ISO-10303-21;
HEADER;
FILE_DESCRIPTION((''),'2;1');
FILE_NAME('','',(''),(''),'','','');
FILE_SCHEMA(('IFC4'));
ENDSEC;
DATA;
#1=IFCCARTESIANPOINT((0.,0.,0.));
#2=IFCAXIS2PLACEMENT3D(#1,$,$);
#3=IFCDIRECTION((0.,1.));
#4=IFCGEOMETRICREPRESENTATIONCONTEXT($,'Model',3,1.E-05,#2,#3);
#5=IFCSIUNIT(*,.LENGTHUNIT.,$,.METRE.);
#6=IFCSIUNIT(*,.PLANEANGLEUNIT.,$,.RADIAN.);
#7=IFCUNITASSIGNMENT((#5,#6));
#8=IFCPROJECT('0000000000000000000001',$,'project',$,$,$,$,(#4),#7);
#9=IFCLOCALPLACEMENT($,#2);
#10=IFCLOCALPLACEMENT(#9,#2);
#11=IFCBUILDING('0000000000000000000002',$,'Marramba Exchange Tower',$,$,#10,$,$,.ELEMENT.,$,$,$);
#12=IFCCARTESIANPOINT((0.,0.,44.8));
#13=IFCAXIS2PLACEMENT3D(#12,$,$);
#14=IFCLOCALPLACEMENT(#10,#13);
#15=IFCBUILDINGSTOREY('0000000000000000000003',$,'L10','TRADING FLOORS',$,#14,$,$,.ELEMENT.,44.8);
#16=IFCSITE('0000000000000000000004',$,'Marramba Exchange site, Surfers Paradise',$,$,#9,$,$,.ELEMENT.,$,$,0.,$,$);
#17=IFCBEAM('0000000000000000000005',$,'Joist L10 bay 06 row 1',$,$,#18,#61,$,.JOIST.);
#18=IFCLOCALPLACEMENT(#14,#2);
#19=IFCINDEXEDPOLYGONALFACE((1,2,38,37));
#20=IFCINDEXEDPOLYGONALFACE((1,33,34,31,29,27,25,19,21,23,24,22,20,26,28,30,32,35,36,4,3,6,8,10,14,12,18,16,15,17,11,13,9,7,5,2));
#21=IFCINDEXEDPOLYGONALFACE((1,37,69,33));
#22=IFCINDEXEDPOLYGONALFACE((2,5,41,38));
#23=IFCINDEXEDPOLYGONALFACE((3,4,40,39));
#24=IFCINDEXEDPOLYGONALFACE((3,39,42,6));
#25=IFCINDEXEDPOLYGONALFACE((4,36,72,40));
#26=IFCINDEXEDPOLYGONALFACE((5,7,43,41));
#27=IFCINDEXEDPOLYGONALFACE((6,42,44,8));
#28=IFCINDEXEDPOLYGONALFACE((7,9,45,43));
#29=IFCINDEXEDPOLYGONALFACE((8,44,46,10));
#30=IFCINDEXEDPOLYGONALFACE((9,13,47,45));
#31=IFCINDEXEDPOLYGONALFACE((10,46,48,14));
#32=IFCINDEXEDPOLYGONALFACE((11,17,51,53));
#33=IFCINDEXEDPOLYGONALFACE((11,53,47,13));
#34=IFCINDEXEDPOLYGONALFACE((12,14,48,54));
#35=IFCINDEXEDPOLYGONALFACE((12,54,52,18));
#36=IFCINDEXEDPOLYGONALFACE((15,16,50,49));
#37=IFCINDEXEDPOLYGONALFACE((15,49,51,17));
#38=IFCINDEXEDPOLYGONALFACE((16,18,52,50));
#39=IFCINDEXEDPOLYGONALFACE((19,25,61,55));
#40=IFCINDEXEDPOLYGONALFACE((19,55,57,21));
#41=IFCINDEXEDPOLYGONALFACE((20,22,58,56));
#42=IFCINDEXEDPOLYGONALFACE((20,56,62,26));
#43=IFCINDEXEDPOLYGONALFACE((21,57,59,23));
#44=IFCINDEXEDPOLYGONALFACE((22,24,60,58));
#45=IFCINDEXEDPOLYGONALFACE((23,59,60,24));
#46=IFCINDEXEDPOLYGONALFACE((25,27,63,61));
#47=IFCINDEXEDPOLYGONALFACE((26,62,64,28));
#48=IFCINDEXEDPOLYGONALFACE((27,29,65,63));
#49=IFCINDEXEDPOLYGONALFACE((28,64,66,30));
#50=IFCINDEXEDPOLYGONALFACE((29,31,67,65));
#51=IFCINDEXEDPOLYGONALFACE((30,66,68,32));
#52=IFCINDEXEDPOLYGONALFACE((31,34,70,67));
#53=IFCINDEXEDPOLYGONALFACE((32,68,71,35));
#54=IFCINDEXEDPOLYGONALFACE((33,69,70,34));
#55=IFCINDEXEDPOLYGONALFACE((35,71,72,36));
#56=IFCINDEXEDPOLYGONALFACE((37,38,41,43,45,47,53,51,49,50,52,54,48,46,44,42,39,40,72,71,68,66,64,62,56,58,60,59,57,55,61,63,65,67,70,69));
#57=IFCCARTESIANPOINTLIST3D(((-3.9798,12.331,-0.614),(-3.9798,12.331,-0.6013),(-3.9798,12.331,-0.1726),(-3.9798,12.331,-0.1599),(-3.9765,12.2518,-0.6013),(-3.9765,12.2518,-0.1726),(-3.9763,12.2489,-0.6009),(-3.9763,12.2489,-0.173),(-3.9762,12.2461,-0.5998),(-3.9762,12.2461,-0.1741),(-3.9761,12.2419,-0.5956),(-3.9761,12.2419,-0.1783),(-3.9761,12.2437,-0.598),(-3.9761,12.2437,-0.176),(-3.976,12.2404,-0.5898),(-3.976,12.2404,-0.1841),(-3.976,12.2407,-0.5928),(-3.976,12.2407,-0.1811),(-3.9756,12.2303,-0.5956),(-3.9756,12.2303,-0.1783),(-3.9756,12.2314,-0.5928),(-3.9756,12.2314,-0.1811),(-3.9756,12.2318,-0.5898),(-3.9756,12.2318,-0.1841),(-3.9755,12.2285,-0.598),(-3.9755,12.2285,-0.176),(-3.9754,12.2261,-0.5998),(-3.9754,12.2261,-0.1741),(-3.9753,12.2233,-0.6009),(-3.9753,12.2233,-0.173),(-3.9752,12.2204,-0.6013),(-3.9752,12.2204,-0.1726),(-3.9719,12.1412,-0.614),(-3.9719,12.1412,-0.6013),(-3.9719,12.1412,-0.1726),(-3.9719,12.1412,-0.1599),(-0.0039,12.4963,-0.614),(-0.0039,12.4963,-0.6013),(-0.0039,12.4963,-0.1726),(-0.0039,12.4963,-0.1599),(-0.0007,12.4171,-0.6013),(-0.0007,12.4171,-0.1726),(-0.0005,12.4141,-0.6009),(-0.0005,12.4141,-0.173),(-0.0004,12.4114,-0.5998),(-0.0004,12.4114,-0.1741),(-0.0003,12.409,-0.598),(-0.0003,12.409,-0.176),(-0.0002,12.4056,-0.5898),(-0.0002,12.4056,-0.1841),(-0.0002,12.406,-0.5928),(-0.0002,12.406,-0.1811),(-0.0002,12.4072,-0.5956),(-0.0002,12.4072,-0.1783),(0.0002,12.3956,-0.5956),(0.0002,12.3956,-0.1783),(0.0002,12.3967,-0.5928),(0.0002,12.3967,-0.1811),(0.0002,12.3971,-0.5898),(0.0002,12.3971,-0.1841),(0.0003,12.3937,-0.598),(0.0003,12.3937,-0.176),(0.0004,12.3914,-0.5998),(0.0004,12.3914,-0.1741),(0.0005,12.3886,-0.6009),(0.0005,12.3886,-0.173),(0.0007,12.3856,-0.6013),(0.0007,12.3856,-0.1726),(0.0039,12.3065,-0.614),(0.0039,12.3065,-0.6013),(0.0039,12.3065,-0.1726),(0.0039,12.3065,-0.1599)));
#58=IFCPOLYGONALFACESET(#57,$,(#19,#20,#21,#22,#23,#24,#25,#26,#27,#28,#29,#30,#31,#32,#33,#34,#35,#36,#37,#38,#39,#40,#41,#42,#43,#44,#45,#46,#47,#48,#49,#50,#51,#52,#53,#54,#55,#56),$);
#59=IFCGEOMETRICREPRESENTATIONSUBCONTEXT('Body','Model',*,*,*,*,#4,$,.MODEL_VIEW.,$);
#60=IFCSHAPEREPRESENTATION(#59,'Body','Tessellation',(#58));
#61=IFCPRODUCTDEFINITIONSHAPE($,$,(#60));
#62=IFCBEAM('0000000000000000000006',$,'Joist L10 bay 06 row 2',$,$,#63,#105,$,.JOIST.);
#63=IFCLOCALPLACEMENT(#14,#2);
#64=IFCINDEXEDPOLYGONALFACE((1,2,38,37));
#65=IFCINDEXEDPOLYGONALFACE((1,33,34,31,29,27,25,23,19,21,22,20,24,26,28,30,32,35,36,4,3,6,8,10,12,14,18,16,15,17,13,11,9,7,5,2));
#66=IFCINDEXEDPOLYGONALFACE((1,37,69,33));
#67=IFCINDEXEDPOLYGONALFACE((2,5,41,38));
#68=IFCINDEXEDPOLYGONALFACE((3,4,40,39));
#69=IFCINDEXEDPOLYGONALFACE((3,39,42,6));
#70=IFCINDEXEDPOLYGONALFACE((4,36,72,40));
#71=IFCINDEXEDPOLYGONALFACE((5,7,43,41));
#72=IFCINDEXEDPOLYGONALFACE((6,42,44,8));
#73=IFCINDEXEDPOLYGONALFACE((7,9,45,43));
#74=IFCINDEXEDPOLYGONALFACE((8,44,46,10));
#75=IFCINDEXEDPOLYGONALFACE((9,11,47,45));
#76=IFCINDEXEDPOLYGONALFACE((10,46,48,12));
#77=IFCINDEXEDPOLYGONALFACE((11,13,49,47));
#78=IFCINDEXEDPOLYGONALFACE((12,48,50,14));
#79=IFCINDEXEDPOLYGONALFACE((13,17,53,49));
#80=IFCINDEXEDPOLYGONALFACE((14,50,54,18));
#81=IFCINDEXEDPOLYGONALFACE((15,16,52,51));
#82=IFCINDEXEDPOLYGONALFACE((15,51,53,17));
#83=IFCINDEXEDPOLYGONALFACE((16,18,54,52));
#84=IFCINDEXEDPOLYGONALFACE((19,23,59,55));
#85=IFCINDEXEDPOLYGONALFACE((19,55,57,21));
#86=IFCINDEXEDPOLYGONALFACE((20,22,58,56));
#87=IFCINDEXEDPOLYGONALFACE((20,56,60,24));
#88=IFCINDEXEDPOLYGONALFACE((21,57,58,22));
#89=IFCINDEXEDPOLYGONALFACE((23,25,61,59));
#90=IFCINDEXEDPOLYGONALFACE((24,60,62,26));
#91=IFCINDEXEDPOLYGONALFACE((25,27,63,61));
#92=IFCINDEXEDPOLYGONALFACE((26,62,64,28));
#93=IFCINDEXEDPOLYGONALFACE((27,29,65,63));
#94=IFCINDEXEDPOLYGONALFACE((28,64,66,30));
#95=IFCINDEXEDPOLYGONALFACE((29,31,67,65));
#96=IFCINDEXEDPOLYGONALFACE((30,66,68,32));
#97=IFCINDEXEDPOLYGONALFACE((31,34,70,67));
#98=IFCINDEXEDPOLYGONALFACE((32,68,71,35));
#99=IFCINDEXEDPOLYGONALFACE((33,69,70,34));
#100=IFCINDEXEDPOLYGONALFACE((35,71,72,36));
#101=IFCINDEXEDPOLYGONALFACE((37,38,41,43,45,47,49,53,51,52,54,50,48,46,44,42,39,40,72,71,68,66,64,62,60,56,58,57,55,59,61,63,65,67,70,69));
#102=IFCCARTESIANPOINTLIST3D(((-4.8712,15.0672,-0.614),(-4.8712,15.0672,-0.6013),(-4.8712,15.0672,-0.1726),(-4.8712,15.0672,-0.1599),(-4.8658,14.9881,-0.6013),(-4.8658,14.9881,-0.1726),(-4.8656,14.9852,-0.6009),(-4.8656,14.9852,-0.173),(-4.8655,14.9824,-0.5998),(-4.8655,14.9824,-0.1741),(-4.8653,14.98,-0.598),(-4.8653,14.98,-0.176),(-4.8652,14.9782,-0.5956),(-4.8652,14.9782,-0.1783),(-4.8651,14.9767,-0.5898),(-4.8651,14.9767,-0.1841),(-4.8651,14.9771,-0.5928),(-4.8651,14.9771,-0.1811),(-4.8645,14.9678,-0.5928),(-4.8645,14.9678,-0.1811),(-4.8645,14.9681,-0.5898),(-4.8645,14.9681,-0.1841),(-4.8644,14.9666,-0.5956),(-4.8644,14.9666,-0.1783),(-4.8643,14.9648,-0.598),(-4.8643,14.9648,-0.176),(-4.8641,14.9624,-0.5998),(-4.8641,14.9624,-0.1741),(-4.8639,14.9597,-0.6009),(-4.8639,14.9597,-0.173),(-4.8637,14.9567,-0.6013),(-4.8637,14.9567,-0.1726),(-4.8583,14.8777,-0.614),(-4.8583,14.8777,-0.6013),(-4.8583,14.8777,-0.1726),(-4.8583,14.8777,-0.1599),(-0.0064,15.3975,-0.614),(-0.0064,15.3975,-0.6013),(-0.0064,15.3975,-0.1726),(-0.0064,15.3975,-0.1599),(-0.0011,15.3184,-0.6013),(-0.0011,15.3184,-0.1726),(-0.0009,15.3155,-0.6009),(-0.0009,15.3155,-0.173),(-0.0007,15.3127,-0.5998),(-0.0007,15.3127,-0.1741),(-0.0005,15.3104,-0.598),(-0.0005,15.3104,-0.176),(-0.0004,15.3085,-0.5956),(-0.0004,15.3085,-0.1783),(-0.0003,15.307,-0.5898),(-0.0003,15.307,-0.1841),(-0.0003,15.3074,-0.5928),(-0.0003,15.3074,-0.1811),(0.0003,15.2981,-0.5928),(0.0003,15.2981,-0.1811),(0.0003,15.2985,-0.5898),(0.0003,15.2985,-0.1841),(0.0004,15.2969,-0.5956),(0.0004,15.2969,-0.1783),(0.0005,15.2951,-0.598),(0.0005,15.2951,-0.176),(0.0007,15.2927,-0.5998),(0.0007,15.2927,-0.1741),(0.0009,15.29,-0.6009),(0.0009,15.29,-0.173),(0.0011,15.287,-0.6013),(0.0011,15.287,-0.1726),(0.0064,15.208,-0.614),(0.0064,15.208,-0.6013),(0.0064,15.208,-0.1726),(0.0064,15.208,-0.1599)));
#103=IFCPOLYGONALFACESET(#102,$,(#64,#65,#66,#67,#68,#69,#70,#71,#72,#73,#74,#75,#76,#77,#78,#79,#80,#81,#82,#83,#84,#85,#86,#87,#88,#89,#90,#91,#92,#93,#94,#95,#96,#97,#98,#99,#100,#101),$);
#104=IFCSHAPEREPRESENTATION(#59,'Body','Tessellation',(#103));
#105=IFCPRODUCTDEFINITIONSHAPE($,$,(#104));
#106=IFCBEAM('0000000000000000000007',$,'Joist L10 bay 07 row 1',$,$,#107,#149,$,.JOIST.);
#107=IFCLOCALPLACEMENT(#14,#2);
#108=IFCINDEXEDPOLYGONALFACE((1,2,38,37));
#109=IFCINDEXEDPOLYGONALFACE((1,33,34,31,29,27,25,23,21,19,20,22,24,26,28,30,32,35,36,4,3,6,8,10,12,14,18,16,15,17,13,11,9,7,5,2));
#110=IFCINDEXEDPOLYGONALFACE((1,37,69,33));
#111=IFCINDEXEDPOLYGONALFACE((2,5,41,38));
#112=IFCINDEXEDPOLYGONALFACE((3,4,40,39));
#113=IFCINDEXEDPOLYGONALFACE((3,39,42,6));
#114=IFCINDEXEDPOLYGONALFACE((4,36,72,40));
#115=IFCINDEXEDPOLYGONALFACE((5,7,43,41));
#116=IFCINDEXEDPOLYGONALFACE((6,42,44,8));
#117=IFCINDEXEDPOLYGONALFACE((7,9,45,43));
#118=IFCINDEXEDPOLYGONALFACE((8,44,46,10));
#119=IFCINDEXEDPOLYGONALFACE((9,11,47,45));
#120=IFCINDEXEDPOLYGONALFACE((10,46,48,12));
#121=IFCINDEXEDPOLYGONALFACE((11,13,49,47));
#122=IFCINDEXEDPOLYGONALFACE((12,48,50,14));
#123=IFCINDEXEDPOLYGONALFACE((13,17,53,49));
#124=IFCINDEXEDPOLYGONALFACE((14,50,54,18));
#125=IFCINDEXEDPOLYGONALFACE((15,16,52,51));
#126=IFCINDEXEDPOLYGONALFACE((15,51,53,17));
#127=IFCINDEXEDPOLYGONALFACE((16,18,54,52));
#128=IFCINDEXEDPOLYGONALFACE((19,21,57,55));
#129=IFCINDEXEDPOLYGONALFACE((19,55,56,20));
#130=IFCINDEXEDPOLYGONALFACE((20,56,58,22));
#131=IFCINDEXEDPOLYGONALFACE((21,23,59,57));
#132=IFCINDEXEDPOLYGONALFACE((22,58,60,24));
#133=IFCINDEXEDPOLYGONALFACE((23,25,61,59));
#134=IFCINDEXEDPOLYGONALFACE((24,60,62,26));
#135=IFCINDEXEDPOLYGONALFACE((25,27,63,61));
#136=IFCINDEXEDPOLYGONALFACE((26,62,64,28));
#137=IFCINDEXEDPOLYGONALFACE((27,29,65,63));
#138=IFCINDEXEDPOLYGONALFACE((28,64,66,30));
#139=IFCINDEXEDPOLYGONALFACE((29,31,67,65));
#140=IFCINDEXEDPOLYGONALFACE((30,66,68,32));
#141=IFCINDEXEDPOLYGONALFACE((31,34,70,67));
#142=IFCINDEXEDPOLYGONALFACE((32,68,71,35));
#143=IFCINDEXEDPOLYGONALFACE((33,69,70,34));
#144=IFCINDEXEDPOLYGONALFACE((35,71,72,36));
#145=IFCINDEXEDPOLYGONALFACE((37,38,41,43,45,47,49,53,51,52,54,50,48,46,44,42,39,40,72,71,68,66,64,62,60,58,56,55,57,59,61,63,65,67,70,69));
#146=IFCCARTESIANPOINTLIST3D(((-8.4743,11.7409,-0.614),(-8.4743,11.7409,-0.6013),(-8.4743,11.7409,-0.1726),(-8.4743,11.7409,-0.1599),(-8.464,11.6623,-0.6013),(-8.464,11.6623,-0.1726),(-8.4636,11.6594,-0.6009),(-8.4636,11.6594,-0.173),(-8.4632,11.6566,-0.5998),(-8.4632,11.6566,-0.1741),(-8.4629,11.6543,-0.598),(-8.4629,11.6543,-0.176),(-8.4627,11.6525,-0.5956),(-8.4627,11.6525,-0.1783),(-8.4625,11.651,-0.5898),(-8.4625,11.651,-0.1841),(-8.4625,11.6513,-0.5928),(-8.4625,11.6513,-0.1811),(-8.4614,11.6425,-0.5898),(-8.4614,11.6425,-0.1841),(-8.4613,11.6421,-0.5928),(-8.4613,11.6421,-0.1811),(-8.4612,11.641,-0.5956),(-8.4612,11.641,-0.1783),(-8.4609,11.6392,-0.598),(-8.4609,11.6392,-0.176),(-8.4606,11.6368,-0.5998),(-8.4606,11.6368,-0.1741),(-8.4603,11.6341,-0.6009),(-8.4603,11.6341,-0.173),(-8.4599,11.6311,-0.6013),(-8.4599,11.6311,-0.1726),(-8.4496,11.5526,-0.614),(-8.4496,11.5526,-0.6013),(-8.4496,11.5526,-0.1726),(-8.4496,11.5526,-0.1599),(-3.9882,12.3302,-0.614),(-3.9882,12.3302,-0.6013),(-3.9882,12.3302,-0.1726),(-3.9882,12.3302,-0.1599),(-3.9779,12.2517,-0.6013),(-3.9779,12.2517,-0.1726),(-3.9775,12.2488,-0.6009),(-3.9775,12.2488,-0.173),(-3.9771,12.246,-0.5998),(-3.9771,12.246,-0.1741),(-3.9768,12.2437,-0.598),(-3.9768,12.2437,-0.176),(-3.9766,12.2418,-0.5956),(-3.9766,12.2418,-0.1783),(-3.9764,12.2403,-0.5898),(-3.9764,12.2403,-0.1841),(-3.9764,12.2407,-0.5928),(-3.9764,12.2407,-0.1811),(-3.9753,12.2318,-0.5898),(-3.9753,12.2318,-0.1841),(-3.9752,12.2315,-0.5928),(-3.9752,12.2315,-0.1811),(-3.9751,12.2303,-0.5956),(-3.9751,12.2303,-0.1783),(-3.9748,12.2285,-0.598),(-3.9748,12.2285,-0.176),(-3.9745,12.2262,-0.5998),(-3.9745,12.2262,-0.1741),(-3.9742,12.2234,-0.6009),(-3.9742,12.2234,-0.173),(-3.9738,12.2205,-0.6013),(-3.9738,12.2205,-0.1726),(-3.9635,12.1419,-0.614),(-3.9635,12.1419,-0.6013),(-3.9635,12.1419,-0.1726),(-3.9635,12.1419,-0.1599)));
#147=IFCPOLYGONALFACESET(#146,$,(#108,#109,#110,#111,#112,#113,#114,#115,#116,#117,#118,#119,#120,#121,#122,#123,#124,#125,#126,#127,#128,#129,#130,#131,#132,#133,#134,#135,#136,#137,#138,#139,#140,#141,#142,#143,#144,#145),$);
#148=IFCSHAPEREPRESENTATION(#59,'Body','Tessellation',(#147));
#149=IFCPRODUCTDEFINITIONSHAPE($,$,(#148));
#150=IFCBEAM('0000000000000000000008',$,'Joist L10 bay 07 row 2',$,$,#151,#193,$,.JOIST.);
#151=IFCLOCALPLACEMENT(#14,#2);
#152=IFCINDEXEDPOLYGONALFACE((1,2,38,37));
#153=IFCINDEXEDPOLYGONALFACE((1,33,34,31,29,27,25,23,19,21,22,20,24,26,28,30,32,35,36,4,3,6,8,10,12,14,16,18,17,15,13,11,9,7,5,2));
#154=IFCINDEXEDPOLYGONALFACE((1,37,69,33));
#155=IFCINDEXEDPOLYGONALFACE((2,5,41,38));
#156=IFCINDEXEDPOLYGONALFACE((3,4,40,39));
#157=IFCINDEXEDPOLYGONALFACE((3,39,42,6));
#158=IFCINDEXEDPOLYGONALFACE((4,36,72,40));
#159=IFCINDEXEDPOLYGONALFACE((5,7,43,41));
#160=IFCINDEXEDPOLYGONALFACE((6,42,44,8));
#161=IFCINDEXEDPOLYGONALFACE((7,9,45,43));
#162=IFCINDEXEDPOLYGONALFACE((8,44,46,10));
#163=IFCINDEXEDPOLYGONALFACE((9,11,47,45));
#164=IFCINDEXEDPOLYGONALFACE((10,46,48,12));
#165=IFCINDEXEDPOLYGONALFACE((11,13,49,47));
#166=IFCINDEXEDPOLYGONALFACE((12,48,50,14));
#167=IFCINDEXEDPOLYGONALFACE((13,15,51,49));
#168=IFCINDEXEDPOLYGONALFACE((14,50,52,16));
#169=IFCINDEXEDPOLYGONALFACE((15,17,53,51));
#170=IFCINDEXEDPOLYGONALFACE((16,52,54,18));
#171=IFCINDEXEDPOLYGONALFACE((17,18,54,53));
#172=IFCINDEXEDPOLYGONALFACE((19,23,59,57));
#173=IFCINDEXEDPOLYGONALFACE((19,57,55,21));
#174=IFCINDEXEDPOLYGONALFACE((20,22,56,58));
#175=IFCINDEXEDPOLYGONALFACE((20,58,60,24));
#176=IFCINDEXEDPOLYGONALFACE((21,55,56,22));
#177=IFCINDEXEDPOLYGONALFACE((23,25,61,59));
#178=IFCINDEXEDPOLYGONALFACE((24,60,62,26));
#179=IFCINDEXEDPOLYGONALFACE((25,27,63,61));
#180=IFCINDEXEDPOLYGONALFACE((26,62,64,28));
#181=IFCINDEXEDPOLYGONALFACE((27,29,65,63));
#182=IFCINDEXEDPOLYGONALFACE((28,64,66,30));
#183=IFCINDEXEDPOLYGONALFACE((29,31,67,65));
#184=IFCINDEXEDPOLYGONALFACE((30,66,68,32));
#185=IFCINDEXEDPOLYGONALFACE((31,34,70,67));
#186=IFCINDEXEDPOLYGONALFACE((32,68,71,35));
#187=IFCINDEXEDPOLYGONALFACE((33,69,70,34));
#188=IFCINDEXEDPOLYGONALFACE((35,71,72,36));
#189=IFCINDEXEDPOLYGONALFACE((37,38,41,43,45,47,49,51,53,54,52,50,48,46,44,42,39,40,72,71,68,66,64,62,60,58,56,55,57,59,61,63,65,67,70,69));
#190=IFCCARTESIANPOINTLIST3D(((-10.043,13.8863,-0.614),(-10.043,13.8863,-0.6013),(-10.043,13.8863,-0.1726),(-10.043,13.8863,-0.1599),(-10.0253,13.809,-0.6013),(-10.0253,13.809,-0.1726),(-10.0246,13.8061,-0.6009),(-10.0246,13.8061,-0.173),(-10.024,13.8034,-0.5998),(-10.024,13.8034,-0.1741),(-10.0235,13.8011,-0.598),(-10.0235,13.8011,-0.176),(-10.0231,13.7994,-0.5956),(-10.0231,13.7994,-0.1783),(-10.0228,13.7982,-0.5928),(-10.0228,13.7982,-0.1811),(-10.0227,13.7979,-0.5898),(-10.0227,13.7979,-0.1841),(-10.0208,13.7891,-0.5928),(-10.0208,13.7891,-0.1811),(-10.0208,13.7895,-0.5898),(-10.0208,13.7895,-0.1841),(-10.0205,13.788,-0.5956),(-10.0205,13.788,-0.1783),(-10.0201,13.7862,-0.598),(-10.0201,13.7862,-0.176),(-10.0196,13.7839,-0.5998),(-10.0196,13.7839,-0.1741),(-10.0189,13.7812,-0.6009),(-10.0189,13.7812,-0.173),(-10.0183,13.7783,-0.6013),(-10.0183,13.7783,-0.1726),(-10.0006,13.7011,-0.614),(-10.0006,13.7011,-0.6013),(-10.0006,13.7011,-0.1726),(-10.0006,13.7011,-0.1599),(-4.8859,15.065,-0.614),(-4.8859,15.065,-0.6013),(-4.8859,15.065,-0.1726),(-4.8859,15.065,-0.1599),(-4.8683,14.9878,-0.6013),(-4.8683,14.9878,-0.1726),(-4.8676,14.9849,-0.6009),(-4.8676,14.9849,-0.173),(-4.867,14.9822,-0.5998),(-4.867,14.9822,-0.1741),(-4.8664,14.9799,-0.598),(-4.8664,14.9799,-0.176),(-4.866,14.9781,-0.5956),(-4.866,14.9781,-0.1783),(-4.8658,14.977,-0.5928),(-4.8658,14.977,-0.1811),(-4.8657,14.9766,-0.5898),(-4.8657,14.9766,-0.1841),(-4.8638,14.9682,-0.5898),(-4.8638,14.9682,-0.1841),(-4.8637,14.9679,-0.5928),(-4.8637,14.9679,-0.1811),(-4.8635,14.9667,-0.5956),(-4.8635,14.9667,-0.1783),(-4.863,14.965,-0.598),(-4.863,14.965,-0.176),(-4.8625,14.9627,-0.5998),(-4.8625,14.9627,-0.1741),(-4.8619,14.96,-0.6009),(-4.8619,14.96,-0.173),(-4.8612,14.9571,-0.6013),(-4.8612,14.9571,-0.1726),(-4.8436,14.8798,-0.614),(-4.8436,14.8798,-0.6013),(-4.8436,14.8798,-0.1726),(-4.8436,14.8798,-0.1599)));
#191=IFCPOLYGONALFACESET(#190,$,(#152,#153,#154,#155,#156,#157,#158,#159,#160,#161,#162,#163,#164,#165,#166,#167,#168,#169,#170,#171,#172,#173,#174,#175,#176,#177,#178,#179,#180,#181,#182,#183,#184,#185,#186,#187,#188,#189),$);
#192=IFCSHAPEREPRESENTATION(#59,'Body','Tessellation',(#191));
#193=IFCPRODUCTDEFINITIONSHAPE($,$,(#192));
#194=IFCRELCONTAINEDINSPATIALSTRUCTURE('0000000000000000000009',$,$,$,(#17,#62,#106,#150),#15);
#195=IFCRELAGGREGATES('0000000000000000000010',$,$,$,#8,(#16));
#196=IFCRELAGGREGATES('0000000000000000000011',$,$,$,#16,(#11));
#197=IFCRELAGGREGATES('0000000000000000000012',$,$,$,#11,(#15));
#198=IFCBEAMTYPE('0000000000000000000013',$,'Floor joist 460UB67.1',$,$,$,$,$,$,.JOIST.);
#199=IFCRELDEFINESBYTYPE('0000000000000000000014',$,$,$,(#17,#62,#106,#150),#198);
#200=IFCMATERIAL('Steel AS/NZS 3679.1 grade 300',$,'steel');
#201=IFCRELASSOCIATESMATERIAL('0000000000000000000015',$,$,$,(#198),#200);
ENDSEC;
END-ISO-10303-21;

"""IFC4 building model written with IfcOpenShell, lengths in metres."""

from ifc_helpers import new_model, si_unit, direction, frame, origin, origin_2d, place, context, subcontext, project, spatial, i_section, extrude, material, material_profile, profile_set, type_object, element, save


model = new_model("IFC4")

# Units and contexts
model_context = context("Model", 3, precision=1e-05, world=origin(), true_north=direction((0.0, 1.0)))
body_context = subcontext(model_context, "Body", "Model", "MODEL_VIEW")
ifc_project = project(units=[si_unit("LENGTHUNIT", "METRE"), si_unit("PLANEANGLEUNIT", "RADIAN")], contexts=[model_context])

# Site, building, storey
site_placement = place(None, origin())
site = spatial("IfcSite", under=ifc_project, at=site_placement, Name="Marramba Exchange site, Surfers Paradise", CompositionType="ELEMENT", RefElevation=0.0)
building_placement = place(site_placement, origin())
building = spatial("IfcBuilding", under=site, at=building_placement, Name="Marramba Exchange Tower", CompositionType="ELEMENT")
storey_placement = place(building_placement, frame((0.0, 0.0, 44.8)))
storey = spatial("IfcBuildingStorey", under=building, at=storey_placement, Name="L10", Description="TRADING FLOORS", CompositionType="ELEMENT", Elevation=44.8)

# Beams
ifc_material_1 = material(Name="Steel AS/NZS 3679.1 grade 300", Category="steel")
ifc_material_profile_1 = material_profile(ifc_material_1, i_section(OverallWidth=0.1899, OverallDepth=0.4541, WebThickness=0.0085, FlangeThickness=0.0127, FilletRadius=0.0115, at=origin_2d()), Name="460UB67.1")
ifc_profile_set_1 = profile_set([ifc_material_profile_1], Name="Steel AS/NZS 3679.1 grade 300")
beam_type_1 = type_object("IfcBeamType", Name="Floor joist 460UB67.1", PredefinedType="JOIST", material=ifc_profile_set_1)
beam_1_placement = place(storey_placement, frame((0.0, 12.4014, -0.387), z_axis=(-0.999137, -0.041536, 0.0), x_axis=(0.041536, -0.999137, 0.0)))
element("IfcBeam", 1, at=beam_1_placement, inside=storey, type_object=beam_type_1, Name="Joist L10 bay 06 row 1", PredefinedType="JOIST", context=body_context, shape_type="SweptSolid", body=[
    extrude(i_section(OverallWidth=0.1899, OverallDepth=0.4541, WebThickness=0.0085, FlangeThickness=0.0127, FilletRadius=0.0115, at=origin_2d()), origin(), (0.0, 0.0, 1.0), 3.9792),
])
beam_2_placement = place(storey_placement, frame((0.0, 15.3027, -0.387), z_axis=(-0.997703, -0.067745, 0.0), x_axis=(0.067745, -0.997703, 0.0)))
element("IfcBeam", 2, at=beam_2_placement, inside=storey, type_object=beam_type_1, Name="Joist L10 bay 06 row 2", PredefinedType="JOIST", context=body_context, shape_type="SweptSolid", body=[
    extrude(i_section(OverallWidth=0.1899, OverallDepth=0.4541, WebThickness=0.0085, FlangeThickness=0.0127, FilletRadius=0.0115, at=origin_2d()), origin(), (0.0, 0.0, 1.0), 4.876),
])
beam_3_placement = place(storey_placement, frame((-3.9758, 12.2361, -0.387), z_axis=(-0.991481, -0.130255, 0.0), x_axis=(0.130255, -0.991481, 0.0)))
element("IfcBeam", 3, at=beam_3_placement, inside=storey, type_object=beam_type_1, Name="Joist L10 bay 07 row 1", PredefinedType="JOIST", context=body_context, shape_type="SweptSolid", body=[
    extrude(i_section(OverallWidth=0.1899, OverallDepth=0.4541, WebThickness=0.0085, FlangeThickness=0.0127, FilletRadius=0.0115, at=origin_2d()), origin(), (0.0, 0.0, 1.0), 4.5247),
])
beam_4_placement = place(storey_placement, frame((-4.8647, 14.9724, -0.387), z_axis=(-0.97486, -0.22282, 0.0), x_axis=(0.22282, -0.97486, 0.0)))
element("IfcBeam", 4, at=beam_4_placement, inside=storey, type_object=beam_type_1, Name="Joist L10 bay 07 row 2", PredefinedType="JOIST", context=body_context, shape_type="SweptSolid", body=[
    extrude(i_section(OverallWidth=0.1899, OverallDepth=0.4541, WebThickness=0.0085, FlangeThickness=0.0127, FilletRadius=0.0115, at=origin_2d()), origin(), (0.0, 0.0, 1.0), 5.29),
])

save(model, "model.ifc")
